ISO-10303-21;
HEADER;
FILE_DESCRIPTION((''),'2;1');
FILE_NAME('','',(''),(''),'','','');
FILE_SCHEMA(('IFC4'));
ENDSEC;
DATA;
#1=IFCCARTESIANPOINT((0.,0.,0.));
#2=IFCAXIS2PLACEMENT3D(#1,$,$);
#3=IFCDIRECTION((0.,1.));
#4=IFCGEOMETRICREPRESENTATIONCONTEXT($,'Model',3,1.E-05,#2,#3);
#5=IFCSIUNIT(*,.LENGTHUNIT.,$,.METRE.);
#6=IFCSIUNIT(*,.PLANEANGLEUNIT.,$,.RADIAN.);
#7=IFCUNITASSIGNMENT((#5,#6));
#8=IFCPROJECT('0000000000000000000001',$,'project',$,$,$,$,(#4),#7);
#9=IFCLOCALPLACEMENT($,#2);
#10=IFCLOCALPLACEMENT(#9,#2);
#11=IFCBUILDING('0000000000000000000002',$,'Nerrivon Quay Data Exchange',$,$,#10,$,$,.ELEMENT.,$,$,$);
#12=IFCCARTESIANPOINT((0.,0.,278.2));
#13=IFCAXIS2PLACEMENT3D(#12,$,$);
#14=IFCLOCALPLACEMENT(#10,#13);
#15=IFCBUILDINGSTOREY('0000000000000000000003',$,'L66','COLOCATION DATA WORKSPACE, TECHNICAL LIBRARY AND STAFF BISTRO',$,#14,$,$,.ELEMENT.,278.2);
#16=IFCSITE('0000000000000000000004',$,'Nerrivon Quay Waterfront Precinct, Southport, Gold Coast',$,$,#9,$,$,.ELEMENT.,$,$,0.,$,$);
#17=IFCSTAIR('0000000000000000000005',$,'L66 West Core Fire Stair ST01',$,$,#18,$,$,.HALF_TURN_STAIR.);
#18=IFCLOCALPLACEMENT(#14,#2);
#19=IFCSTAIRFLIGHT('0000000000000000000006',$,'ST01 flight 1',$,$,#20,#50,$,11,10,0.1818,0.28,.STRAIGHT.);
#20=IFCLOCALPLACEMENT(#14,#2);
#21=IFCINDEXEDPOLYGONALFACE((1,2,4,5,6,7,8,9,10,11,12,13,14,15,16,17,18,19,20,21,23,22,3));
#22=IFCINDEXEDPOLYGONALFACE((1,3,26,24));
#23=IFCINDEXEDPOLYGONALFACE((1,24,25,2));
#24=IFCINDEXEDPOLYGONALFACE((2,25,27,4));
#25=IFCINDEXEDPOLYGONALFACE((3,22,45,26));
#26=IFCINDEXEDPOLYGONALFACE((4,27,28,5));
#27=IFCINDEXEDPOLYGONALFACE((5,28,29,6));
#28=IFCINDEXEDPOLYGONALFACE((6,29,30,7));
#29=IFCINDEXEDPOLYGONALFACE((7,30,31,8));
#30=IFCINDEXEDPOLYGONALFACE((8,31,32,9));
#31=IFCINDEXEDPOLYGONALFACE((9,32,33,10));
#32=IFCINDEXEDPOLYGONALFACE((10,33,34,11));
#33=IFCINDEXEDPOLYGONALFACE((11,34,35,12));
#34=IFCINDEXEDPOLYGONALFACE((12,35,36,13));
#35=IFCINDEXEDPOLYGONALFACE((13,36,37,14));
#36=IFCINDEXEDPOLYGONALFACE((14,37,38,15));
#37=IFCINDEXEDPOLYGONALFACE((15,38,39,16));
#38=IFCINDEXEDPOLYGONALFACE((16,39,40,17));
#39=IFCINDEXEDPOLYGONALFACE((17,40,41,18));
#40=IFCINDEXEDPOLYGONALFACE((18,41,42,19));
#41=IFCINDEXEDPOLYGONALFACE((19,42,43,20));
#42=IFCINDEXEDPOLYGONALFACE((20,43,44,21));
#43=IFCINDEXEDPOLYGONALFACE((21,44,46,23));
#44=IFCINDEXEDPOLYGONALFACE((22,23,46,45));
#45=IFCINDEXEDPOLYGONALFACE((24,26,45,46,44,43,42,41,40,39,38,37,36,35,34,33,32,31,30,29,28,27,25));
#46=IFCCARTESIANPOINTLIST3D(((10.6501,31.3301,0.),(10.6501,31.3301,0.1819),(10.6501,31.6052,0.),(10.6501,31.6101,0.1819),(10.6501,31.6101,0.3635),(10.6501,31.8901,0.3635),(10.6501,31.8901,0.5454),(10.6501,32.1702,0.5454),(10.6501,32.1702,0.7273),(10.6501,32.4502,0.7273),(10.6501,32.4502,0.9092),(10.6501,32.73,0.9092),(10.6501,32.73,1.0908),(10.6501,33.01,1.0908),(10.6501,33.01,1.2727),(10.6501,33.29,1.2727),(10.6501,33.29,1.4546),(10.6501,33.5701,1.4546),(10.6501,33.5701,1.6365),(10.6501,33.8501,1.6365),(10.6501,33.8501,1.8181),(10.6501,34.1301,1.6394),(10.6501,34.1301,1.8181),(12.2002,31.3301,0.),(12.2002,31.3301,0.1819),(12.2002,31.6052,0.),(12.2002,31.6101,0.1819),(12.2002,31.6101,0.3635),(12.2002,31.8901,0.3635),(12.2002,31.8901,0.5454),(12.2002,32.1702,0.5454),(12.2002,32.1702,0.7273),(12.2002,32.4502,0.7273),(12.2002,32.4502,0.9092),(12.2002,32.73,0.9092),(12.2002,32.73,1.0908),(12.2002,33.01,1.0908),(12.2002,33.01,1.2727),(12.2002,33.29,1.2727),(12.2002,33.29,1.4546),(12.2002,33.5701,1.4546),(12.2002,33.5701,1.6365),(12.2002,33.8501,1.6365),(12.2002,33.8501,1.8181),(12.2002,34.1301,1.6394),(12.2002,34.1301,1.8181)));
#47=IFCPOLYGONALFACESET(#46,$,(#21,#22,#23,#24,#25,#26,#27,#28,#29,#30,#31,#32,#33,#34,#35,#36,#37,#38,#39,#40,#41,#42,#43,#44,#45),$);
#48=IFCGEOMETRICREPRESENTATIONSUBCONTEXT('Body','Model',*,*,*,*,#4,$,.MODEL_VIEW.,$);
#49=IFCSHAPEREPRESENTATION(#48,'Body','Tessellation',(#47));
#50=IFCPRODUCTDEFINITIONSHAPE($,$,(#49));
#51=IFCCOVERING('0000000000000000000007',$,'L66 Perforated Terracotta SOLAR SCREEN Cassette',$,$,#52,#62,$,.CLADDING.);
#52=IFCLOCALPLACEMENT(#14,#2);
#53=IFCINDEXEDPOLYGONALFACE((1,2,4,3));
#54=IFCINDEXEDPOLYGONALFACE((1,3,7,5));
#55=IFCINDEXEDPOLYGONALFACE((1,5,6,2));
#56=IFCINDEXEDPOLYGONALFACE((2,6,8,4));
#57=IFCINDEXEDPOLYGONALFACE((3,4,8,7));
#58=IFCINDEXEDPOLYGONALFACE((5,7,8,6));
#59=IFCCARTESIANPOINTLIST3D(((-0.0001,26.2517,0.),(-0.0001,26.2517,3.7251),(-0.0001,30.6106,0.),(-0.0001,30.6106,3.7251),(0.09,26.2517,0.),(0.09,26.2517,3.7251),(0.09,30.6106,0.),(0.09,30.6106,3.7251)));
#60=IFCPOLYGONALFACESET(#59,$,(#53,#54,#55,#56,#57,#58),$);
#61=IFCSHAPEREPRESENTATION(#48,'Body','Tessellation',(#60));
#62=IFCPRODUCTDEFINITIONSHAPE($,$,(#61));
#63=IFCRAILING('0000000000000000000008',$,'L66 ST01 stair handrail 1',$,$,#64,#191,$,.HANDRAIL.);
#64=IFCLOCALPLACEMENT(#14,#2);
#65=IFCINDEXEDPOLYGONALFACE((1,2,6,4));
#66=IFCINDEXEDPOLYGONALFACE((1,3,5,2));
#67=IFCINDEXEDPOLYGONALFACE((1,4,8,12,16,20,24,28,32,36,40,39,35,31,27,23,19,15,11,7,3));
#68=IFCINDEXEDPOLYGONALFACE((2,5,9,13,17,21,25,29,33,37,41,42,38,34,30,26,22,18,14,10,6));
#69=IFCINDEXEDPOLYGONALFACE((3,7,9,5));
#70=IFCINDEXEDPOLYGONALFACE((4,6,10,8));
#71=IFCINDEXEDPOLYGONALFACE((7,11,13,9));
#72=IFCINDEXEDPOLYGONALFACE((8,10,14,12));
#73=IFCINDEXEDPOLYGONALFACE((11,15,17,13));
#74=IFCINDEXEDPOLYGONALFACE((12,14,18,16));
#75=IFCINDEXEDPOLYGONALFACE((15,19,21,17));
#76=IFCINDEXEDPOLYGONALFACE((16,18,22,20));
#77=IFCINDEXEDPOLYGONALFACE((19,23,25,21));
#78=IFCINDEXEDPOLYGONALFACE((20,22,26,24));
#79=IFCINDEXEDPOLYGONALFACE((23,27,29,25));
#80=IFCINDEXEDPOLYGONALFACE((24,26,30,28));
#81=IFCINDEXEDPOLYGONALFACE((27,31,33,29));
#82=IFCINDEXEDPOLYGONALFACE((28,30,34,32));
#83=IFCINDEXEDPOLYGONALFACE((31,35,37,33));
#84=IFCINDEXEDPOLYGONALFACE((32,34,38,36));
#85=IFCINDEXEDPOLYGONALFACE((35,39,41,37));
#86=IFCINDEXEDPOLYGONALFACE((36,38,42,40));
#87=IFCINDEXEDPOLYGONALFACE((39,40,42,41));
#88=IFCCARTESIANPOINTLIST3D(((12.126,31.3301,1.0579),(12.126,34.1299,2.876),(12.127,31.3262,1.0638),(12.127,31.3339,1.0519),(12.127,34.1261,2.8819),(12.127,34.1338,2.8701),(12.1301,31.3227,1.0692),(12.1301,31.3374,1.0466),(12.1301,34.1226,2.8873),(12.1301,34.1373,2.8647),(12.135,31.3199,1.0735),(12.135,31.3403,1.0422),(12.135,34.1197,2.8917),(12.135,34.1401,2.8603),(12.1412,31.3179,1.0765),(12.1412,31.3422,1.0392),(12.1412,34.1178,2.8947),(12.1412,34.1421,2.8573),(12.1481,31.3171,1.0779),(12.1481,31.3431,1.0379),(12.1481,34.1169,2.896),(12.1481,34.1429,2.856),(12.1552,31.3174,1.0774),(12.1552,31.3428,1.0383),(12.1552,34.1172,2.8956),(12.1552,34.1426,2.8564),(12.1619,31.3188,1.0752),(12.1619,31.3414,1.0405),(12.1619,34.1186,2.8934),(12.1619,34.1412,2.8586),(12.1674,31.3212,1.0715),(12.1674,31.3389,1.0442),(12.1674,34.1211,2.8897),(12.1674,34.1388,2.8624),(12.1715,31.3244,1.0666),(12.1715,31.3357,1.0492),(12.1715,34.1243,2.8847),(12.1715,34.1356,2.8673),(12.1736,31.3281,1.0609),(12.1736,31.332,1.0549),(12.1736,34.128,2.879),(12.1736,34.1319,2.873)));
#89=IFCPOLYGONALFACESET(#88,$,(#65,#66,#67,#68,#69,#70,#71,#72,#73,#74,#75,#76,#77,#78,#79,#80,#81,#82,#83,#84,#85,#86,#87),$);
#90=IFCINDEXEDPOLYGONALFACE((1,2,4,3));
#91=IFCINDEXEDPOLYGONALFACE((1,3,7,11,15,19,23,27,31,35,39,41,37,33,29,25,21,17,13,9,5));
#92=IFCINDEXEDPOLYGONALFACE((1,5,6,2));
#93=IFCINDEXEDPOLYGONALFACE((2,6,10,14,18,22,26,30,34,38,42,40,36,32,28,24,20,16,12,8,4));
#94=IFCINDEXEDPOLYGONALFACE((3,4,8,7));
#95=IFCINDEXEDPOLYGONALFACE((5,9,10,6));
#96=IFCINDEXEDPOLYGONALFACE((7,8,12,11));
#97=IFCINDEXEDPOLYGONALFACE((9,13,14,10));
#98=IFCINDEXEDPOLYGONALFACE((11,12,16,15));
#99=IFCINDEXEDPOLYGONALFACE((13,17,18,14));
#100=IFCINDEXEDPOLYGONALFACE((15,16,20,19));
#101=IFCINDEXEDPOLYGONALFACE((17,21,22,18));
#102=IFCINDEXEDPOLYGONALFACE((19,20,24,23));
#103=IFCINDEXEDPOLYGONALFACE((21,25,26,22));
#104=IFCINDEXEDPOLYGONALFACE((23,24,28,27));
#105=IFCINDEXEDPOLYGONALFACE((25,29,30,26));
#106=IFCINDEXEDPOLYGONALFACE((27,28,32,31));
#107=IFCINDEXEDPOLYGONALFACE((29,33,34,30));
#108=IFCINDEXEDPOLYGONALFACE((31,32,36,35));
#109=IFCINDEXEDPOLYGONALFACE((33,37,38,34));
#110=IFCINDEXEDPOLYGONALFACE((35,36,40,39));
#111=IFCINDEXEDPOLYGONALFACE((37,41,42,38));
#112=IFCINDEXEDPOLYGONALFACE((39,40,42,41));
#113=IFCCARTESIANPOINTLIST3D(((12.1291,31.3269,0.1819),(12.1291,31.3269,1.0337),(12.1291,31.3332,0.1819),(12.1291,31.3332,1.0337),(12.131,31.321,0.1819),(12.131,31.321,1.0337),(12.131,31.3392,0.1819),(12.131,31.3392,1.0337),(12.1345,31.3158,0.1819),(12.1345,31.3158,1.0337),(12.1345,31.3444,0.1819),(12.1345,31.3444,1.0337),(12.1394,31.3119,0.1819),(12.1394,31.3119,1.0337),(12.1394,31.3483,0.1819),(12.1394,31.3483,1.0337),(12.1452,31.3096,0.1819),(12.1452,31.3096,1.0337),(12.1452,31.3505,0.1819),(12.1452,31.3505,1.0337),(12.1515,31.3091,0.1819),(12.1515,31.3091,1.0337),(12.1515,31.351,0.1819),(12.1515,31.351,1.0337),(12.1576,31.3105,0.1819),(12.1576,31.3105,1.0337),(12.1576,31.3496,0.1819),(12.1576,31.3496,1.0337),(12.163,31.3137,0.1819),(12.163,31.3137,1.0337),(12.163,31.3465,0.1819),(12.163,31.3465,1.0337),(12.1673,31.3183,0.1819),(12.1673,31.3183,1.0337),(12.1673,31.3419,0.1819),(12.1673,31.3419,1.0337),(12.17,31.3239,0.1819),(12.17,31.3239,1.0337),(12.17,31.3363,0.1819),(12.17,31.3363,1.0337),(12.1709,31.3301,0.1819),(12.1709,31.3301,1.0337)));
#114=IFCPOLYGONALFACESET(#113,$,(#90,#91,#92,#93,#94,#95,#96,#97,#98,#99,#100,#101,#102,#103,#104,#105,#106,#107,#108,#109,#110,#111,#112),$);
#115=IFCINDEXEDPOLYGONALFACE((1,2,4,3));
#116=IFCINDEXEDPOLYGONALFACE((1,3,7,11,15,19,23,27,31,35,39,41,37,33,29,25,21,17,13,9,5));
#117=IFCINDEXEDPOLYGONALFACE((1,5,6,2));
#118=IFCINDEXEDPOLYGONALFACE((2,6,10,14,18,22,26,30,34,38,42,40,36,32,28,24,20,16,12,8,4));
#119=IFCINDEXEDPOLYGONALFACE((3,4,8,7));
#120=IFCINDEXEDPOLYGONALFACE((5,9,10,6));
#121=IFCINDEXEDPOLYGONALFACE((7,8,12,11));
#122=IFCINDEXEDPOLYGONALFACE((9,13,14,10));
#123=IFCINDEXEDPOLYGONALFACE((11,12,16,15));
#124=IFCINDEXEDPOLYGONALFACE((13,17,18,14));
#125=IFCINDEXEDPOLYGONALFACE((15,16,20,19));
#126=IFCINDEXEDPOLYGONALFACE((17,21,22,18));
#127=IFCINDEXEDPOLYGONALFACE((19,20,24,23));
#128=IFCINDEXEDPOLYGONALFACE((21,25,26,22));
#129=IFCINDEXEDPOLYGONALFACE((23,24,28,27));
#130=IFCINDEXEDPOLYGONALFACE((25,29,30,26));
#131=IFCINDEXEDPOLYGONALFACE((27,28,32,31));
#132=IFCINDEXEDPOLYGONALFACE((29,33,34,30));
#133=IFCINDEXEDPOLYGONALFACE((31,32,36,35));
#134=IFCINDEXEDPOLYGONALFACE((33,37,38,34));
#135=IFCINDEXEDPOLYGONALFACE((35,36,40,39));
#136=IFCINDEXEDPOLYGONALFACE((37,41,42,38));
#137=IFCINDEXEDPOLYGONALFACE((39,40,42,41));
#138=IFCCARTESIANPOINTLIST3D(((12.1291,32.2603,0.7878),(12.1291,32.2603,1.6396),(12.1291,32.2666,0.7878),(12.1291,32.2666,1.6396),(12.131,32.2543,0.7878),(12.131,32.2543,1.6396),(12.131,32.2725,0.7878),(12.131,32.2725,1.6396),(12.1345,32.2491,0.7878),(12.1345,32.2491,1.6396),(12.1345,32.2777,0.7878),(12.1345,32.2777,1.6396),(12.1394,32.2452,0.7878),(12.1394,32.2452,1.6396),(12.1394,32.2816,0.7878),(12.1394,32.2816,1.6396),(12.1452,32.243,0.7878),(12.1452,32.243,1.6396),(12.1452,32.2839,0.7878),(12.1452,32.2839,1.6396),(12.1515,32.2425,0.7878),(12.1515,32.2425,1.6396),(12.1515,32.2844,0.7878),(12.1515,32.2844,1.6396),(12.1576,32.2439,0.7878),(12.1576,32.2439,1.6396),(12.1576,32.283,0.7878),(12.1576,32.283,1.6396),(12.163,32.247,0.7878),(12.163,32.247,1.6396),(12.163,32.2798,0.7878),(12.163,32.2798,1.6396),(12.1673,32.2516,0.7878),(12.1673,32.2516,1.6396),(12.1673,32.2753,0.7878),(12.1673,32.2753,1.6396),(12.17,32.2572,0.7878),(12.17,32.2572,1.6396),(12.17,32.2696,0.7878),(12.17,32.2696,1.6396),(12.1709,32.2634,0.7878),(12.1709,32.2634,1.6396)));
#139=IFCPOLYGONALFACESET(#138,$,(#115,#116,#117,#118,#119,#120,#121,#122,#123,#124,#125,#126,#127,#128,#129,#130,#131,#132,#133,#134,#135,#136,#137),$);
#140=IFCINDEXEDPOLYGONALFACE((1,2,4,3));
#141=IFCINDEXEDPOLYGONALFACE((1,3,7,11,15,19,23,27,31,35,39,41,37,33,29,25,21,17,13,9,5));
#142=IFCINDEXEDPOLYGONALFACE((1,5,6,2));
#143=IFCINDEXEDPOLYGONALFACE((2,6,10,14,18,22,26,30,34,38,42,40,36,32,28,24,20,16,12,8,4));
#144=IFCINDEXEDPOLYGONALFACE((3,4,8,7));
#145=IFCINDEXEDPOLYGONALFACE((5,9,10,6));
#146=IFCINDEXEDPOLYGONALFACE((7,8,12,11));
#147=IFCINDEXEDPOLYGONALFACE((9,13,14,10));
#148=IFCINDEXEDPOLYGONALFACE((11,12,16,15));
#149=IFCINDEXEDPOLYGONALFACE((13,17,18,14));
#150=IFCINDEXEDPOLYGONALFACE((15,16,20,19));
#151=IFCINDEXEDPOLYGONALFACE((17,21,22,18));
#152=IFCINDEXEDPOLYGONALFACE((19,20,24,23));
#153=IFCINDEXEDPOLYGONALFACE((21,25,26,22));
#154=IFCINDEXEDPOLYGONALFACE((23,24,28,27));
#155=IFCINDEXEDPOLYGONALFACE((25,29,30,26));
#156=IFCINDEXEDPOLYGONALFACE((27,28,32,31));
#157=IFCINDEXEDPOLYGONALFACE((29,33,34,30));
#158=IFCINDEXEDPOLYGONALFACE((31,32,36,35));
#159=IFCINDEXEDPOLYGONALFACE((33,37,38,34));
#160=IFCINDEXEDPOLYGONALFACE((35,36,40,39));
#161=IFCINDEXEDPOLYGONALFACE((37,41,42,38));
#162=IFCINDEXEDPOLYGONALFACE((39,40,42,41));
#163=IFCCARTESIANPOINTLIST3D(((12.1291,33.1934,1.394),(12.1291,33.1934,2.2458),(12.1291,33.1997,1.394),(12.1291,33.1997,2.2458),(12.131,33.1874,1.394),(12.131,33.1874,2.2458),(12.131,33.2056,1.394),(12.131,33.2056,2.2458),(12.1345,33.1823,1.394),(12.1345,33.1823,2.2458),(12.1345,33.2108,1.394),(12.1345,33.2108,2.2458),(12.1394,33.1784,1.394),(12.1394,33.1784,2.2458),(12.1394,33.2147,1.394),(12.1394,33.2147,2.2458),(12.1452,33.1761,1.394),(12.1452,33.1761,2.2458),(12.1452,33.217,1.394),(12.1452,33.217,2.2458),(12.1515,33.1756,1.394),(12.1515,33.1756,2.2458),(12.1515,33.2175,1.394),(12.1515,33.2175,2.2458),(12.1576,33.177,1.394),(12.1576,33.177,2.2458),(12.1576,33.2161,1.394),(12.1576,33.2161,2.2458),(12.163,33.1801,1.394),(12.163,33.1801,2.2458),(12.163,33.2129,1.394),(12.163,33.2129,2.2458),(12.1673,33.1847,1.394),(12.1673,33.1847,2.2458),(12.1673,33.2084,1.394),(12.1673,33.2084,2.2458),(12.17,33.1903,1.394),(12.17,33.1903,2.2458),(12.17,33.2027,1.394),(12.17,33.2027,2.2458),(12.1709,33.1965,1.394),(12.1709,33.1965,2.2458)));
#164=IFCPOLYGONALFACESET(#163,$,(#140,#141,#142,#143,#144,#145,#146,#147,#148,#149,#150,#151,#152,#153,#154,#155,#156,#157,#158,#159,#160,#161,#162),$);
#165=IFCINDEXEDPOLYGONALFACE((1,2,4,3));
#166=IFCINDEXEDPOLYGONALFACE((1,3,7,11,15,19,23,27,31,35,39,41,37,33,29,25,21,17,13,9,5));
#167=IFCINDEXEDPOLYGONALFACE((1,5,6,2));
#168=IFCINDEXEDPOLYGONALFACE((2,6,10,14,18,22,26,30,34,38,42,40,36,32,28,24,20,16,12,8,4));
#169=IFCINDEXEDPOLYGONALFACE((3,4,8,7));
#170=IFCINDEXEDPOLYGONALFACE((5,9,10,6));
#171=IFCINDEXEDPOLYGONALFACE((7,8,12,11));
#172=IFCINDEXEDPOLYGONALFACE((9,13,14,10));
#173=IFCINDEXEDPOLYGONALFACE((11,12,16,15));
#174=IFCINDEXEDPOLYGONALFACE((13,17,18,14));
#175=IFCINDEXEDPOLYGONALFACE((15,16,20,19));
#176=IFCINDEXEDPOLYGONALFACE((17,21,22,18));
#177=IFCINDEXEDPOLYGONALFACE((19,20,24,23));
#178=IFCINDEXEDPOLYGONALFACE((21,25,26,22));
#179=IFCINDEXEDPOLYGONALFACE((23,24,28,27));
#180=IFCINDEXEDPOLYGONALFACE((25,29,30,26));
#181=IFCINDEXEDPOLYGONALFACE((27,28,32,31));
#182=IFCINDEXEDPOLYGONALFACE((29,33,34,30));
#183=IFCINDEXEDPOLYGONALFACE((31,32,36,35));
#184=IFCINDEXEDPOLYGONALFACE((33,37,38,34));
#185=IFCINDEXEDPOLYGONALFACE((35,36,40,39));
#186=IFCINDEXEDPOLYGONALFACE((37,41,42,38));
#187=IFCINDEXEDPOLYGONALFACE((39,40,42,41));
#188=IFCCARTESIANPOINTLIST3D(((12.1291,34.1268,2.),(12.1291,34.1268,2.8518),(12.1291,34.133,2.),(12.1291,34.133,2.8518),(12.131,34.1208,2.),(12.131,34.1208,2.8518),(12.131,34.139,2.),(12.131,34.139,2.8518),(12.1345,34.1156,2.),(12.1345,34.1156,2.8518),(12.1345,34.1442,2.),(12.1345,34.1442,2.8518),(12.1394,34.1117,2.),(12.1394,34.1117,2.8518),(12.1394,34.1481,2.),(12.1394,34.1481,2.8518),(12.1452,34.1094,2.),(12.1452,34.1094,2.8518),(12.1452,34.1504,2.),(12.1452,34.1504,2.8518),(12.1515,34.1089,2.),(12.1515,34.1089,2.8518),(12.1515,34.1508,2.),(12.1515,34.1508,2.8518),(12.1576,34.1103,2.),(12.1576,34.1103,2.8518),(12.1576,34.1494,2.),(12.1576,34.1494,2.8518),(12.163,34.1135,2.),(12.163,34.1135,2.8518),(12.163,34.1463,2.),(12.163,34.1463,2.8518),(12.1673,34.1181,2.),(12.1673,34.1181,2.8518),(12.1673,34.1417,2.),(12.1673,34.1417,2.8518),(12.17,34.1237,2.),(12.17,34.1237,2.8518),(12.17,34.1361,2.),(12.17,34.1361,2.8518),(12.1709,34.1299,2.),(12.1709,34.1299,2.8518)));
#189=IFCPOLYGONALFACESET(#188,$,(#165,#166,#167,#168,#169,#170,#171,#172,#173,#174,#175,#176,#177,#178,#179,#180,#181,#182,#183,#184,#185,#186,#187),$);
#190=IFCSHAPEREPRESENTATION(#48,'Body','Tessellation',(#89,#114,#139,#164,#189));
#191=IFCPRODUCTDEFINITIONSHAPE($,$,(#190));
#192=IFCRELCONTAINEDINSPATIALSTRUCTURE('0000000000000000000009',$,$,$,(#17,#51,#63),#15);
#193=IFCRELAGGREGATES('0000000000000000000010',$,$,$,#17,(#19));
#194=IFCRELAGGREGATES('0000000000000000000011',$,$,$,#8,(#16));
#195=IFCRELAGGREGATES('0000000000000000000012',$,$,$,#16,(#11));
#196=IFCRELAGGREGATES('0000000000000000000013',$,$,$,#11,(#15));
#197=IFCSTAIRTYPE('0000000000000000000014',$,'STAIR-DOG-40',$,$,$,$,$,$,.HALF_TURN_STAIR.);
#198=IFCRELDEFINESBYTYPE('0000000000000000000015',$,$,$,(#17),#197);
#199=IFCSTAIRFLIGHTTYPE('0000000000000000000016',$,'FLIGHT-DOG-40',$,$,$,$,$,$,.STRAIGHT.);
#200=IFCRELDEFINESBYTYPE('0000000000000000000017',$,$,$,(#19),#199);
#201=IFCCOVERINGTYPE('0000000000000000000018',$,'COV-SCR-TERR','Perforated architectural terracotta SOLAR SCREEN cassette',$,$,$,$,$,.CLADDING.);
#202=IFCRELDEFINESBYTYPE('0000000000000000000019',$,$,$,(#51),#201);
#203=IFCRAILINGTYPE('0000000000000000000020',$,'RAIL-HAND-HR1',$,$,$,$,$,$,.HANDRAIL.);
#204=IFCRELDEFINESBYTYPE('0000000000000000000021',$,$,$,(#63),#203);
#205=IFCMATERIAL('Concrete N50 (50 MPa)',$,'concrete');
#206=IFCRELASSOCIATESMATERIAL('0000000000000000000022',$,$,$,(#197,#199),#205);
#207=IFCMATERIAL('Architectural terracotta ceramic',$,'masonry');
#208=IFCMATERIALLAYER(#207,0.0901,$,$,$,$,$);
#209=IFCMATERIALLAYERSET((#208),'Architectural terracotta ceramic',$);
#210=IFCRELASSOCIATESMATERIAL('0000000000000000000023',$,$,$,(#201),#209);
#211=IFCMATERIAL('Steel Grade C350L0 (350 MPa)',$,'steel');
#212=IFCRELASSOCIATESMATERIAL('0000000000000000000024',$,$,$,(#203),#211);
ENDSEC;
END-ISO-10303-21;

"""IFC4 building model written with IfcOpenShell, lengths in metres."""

from ifc_helpers import new_model, si_unit, direction, frame, origin, origin_2d, place, context, subcontext, project, spatial, polyline, rectangle, circle, outline, extrude, material, layer, layer_set, type_object, element, aggregate, save


model = new_model("IFC4")

# Units and contexts
model_context = context("Model", 3, precision=1e-05, world=origin(), true_north=direction((0.0, 1.0)))
body_context = subcontext(model_context, "Body", "Model", "MODEL_VIEW")
ifc_project = project(units=[si_unit("LENGTHUNIT", "METRE"), si_unit("PLANEANGLEUNIT", "RADIAN")], contexts=[model_context])

# Site, building, storey
site_placement = place(None, origin())
site = spatial("IfcSite", under=ifc_project, at=site_placement, Name="Nerrivon Quay Waterfront Precinct, Southport, Gold Coast", CompositionType="ELEMENT", RefElevation=0.0)
building_placement = place(site_placement, origin())
building = spatial("IfcBuilding", under=site, at=building_placement, Name="Nerrivon Quay Data Exchange", CompositionType="ELEMENT")
storey_placement = place(building_placement, frame((0.0, 0.0, 278.2)))
storey = spatial("IfcBuildingStorey", under=building, at=storey_placement, Name="L66", Description="COLOCATION DATA WORKSPACE, TECHNICAL LIBRARY AND STAFF BISTRO", CompositionType="ELEMENT", Elevation=278.2)

# Shared definitions
ifc_material_1 = material(Name="Concrete N50 (50 MPa)", Category="concrete")

# Stair, stair flight
stair_type = type_object("IfcStairType", Name="STAIR-DOG-40", PredefinedType="HALF_TURN_STAIR", material=ifc_material_1)
stair_placement = place(storey_placement, origin())
stair = element("IfcStair", 1, at=stair_placement, inside=storey, type_object=stair_type, Name="L66 West Core Fire Stair ST01", PredefinedType="HALF_TURN_STAIR")
stair_flight_type = type_object("IfcStairFlightType", Name="FLIGHT-DOG-40", PredefinedType="STRAIGHT", material=ifc_material_1)
stair_flight_placement = place(storey_placement, frame((11.425, 31.3301, 0.0), z_axis=(0.0, 0.0, 1.0), x_axis=(0.0, 1.0, 0.0)))
stair_flight = element("IfcStairFlight", 2, at=stair_flight_placement, type_object=stair_flight_type, Name="ST01 flight 1", NumberOfRisers=11, NumberOfTreads=10, PredefinedType="STRAIGHT", RiserHeight=0.1818, TreadLength=0.28, context=body_context, shape_type="SweptSolid", body=[
    extrude(outline(polyline([(0.0, 0.0), (0.0, 0.1819), (0.28, 0.1819), (0.28, 0.3635), (0.5601, 0.3635), (0.5601, 0.5454), (0.8401, 0.5454), (0.8401, 0.7273), (1.1201, 0.7273), (1.1201, 0.9092), (1.3999, 0.9092), (1.3999, 1.0908), (1.6799, 1.0908), (1.6799, 1.2727), (1.96, 1.2727), (1.96, 1.4546), (2.24, 1.4546), (2.24, 1.6365), (2.52, 1.6365), (2.52, 1.8181), (2.8, 1.8181), (2.8, 2.0), (2.8, 1.6394), (0.2751, 0.0), (0.0, 0.0)])), frame((0.0, 0.7749, 0.0), z_axis=(0.0, -1.0, 0.0), x_axis=(1.0, 0.0, 0.0)), (0.0, 0.0, 1.0), 1.55),
])
aggregate(stair, [stair_flight])

# Covering
ifc_material_2 = material(Name="Architectural terracotta ceramic", Category="masonry")
ifc_layer_1 = layer(ifc_material_2, 0.0901)
ifc_layer_set_1 = layer_set([ifc_layer_1], Name="Architectural terracotta ceramic")
covering_type = type_object("IfcCoveringType", Name="COV-SCR-TERR", Description="Perforated architectural terracotta SOLAR SCREEN cassette", PredefinedType="CLADDING", material=ifc_layer_set_1)
covering_placement = place(storey_placement, frame((0.0449, 28.4312, 0.0), z_axis=(0.0, 0.0, 1.0), x_axis=(0.0, 1.0, 0.0)))
element("IfcCovering", 3, at=covering_placement, inside=storey, type_object=covering_type, Name="L66 Perforated Terracotta SOLAR SCREEN Cassette", PredefinedType="CLADDING", context=body_context, shape_type="SweptSolid", body=[
    extrude(rectangle(XDim=4.3589, YDim=0.0901, at=origin_2d()), origin(), (0.0, 0.0, 1.0), 3.7251),
])

# Railing
ifc_material_3 = material(Name="Steel Grade C350L0 (350 MPa)", Category="steel")
railing_type_1 = type_object("IfcRailingType", Name="RAIL-HAND-HR1", PredefinedType="HANDRAIL", material=ifc_material_3)
railing_1_placement = place(storey_placement, frame((12.1499, 31.3301, 0.1819)))
element("IfcRailing", 4, at=railing_1_placement, inside=storey, type_object=railing_type_1, Name="L66 ST01 stair handrail 1", PredefinedType="HANDRAIL", context=body_context, shape_type="SweptSolid", body=[
    extrude(circle(Radius=0.0239, at=origin_2d()), frame((0.0, 0.0, 0.876), z_axis=(0.0, 0.838684, 0.544618), x_axis=(-1.0, 0.0, 0.0)), (0.0, 0.0, 1.0), 3.3384),
    extrude(circle(Radius=0.021, at=origin_2d()), origin(), (0.0, 0.0, 1.0), 0.8518),
    extrude(circle(Radius=0.021, at=origin_2d()), frame((0.0, 0.9333, 0.606)), (0.0, 0.0, 1.0), 0.8518),
    extrude(circle(Radius=0.021, at=origin_2d()), frame((0.0, 1.8665, 1.2122)), (0.0, 0.0, 1.0), 0.8518),
    extrude(circle(Radius=0.021, at=origin_2d()), frame((0.0, 2.7998, 1.8181)), (0.0, 0.0, 1.0), 0.8518),
])

save(model, "model.ifc")
